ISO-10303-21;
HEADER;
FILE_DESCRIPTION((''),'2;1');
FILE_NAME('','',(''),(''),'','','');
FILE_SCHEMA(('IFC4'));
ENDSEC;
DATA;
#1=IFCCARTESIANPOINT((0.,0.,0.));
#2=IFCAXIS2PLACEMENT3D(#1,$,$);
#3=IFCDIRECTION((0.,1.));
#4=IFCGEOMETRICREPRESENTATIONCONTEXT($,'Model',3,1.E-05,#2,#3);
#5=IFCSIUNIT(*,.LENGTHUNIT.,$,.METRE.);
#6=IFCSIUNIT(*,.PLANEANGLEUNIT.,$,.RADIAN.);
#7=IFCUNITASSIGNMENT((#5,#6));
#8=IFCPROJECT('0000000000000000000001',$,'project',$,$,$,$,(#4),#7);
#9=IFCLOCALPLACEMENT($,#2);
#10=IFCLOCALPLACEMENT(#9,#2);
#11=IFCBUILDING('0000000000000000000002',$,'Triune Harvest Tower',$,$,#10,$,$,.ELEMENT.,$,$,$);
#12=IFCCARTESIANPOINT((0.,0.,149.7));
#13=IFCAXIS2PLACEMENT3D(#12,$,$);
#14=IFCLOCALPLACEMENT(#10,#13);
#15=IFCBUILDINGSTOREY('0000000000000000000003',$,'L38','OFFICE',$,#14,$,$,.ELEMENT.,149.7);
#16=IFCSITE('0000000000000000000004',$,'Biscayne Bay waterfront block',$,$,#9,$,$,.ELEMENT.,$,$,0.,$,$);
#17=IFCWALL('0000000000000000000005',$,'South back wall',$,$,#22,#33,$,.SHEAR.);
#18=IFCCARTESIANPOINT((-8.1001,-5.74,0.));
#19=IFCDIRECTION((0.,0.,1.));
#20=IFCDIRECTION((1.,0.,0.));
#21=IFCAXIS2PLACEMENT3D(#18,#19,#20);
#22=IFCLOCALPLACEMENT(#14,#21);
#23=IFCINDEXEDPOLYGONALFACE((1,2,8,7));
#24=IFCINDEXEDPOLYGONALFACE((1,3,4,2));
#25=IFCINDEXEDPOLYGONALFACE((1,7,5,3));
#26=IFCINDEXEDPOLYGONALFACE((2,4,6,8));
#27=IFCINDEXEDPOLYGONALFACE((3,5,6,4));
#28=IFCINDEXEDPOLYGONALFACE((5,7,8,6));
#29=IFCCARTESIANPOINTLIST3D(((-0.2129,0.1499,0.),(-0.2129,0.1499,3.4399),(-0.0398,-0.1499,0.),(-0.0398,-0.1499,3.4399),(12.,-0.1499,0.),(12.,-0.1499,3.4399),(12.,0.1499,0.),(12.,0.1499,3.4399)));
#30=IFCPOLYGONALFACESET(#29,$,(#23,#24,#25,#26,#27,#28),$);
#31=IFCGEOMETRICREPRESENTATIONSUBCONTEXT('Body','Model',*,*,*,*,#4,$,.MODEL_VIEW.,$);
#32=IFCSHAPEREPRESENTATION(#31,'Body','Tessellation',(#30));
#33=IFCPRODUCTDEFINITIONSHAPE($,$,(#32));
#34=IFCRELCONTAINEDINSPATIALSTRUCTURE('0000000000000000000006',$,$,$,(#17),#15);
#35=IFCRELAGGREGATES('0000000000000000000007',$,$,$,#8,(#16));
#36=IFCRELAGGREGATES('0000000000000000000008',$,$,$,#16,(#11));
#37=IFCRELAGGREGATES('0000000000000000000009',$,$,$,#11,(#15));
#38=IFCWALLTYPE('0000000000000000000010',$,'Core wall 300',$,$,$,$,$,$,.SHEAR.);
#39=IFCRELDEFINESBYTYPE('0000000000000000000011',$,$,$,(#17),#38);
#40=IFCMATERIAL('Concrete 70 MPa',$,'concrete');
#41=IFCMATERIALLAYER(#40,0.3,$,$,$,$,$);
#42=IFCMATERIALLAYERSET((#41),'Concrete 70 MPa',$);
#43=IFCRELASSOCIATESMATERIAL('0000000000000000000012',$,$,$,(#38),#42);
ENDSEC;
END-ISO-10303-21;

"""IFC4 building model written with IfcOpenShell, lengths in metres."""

from ifc_helpers import new_model, si_unit, direction, frame, origin, place, context, subcontext, project, spatial, polyline, outline, extrude, source, transform, mapped, material, layer, layer_set, type_object, element, save


model = new_model("IFC4")

# Units and contexts
model_context = context("Model", 3, precision=1e-05, world=origin(), true_north=direction((0.0, 1.0)))
body_context = subcontext(model_context, "Body", "Model", "MODEL_VIEW")
ifc_project = project(units=[si_unit("LENGTHUNIT", "METRE"), si_unit("PLANEANGLEUNIT", "RADIAN")], contexts=[model_context])

# Site, building, storey
site_placement = place(None, origin())
site = spatial("IfcSite", under=ifc_project, at=site_placement, Name="Biscayne Bay waterfront block", CompositionType="ELEMENT", RefElevation=0.0)
building_placement = place(site_placement, origin())
building = spatial("IfcBuilding", under=site, at=building_placement, Name="Triune Harvest Tower", CompositionType="ELEMENT")
storey_placement = place(building_placement, frame((0.0, 0.0, 149.7)))
storey = spatial("IfcBuildingStorey", under=building, at=storey_placement, Name="L38", Description="OFFICE", CompositionType="ELEMENT", Elevation=149.7)

# Shared definitions
ifc_material_1 = material(Name="Concrete 70 MPa", Category="concrete")
ifc_layer_1 = layer(ifc_material_1, 0.3)
ifc_layer_set_1 = layer_set([ifc_layer_1], Name="Concrete 70 MPa")
wall_type_1 = type_object("IfcWallType", Name="Core wall 300", PredefinedType="SHEAR", material=ifc_layer_set_1)

# Wall
shared_shape_1 = source(origin(), body_context, "Body", "SweptSolid", [
    extrude(outline(polyline([(12.0, -0.1499), (-0.0398, -0.1499), (-0.2129, 0.1499), (12.0, 0.1499), (12.0, -0.1499)])), origin(), (0.0, 0.0, 1.0), 3.4399),
])
wall_1_placement = place(storey_placement, frame((-8.1001, -5.74, 0.0), z_axis=(0.0, 0.0, 1.0), x_axis=(1.0, 0.0, 0.0)))
element("IfcWall", 1, at=wall_1_placement, inside=storey, type_object=wall_type_1, Name="South back wall", PredefinedType="SHEAR", context=body_context, shape_type="MappedRepresentation", body=[
    mapped(shared_shape_1, transform((0.0, 0.0, 0.0), scale=1.0)),
])

save(model, "model.ifc")
